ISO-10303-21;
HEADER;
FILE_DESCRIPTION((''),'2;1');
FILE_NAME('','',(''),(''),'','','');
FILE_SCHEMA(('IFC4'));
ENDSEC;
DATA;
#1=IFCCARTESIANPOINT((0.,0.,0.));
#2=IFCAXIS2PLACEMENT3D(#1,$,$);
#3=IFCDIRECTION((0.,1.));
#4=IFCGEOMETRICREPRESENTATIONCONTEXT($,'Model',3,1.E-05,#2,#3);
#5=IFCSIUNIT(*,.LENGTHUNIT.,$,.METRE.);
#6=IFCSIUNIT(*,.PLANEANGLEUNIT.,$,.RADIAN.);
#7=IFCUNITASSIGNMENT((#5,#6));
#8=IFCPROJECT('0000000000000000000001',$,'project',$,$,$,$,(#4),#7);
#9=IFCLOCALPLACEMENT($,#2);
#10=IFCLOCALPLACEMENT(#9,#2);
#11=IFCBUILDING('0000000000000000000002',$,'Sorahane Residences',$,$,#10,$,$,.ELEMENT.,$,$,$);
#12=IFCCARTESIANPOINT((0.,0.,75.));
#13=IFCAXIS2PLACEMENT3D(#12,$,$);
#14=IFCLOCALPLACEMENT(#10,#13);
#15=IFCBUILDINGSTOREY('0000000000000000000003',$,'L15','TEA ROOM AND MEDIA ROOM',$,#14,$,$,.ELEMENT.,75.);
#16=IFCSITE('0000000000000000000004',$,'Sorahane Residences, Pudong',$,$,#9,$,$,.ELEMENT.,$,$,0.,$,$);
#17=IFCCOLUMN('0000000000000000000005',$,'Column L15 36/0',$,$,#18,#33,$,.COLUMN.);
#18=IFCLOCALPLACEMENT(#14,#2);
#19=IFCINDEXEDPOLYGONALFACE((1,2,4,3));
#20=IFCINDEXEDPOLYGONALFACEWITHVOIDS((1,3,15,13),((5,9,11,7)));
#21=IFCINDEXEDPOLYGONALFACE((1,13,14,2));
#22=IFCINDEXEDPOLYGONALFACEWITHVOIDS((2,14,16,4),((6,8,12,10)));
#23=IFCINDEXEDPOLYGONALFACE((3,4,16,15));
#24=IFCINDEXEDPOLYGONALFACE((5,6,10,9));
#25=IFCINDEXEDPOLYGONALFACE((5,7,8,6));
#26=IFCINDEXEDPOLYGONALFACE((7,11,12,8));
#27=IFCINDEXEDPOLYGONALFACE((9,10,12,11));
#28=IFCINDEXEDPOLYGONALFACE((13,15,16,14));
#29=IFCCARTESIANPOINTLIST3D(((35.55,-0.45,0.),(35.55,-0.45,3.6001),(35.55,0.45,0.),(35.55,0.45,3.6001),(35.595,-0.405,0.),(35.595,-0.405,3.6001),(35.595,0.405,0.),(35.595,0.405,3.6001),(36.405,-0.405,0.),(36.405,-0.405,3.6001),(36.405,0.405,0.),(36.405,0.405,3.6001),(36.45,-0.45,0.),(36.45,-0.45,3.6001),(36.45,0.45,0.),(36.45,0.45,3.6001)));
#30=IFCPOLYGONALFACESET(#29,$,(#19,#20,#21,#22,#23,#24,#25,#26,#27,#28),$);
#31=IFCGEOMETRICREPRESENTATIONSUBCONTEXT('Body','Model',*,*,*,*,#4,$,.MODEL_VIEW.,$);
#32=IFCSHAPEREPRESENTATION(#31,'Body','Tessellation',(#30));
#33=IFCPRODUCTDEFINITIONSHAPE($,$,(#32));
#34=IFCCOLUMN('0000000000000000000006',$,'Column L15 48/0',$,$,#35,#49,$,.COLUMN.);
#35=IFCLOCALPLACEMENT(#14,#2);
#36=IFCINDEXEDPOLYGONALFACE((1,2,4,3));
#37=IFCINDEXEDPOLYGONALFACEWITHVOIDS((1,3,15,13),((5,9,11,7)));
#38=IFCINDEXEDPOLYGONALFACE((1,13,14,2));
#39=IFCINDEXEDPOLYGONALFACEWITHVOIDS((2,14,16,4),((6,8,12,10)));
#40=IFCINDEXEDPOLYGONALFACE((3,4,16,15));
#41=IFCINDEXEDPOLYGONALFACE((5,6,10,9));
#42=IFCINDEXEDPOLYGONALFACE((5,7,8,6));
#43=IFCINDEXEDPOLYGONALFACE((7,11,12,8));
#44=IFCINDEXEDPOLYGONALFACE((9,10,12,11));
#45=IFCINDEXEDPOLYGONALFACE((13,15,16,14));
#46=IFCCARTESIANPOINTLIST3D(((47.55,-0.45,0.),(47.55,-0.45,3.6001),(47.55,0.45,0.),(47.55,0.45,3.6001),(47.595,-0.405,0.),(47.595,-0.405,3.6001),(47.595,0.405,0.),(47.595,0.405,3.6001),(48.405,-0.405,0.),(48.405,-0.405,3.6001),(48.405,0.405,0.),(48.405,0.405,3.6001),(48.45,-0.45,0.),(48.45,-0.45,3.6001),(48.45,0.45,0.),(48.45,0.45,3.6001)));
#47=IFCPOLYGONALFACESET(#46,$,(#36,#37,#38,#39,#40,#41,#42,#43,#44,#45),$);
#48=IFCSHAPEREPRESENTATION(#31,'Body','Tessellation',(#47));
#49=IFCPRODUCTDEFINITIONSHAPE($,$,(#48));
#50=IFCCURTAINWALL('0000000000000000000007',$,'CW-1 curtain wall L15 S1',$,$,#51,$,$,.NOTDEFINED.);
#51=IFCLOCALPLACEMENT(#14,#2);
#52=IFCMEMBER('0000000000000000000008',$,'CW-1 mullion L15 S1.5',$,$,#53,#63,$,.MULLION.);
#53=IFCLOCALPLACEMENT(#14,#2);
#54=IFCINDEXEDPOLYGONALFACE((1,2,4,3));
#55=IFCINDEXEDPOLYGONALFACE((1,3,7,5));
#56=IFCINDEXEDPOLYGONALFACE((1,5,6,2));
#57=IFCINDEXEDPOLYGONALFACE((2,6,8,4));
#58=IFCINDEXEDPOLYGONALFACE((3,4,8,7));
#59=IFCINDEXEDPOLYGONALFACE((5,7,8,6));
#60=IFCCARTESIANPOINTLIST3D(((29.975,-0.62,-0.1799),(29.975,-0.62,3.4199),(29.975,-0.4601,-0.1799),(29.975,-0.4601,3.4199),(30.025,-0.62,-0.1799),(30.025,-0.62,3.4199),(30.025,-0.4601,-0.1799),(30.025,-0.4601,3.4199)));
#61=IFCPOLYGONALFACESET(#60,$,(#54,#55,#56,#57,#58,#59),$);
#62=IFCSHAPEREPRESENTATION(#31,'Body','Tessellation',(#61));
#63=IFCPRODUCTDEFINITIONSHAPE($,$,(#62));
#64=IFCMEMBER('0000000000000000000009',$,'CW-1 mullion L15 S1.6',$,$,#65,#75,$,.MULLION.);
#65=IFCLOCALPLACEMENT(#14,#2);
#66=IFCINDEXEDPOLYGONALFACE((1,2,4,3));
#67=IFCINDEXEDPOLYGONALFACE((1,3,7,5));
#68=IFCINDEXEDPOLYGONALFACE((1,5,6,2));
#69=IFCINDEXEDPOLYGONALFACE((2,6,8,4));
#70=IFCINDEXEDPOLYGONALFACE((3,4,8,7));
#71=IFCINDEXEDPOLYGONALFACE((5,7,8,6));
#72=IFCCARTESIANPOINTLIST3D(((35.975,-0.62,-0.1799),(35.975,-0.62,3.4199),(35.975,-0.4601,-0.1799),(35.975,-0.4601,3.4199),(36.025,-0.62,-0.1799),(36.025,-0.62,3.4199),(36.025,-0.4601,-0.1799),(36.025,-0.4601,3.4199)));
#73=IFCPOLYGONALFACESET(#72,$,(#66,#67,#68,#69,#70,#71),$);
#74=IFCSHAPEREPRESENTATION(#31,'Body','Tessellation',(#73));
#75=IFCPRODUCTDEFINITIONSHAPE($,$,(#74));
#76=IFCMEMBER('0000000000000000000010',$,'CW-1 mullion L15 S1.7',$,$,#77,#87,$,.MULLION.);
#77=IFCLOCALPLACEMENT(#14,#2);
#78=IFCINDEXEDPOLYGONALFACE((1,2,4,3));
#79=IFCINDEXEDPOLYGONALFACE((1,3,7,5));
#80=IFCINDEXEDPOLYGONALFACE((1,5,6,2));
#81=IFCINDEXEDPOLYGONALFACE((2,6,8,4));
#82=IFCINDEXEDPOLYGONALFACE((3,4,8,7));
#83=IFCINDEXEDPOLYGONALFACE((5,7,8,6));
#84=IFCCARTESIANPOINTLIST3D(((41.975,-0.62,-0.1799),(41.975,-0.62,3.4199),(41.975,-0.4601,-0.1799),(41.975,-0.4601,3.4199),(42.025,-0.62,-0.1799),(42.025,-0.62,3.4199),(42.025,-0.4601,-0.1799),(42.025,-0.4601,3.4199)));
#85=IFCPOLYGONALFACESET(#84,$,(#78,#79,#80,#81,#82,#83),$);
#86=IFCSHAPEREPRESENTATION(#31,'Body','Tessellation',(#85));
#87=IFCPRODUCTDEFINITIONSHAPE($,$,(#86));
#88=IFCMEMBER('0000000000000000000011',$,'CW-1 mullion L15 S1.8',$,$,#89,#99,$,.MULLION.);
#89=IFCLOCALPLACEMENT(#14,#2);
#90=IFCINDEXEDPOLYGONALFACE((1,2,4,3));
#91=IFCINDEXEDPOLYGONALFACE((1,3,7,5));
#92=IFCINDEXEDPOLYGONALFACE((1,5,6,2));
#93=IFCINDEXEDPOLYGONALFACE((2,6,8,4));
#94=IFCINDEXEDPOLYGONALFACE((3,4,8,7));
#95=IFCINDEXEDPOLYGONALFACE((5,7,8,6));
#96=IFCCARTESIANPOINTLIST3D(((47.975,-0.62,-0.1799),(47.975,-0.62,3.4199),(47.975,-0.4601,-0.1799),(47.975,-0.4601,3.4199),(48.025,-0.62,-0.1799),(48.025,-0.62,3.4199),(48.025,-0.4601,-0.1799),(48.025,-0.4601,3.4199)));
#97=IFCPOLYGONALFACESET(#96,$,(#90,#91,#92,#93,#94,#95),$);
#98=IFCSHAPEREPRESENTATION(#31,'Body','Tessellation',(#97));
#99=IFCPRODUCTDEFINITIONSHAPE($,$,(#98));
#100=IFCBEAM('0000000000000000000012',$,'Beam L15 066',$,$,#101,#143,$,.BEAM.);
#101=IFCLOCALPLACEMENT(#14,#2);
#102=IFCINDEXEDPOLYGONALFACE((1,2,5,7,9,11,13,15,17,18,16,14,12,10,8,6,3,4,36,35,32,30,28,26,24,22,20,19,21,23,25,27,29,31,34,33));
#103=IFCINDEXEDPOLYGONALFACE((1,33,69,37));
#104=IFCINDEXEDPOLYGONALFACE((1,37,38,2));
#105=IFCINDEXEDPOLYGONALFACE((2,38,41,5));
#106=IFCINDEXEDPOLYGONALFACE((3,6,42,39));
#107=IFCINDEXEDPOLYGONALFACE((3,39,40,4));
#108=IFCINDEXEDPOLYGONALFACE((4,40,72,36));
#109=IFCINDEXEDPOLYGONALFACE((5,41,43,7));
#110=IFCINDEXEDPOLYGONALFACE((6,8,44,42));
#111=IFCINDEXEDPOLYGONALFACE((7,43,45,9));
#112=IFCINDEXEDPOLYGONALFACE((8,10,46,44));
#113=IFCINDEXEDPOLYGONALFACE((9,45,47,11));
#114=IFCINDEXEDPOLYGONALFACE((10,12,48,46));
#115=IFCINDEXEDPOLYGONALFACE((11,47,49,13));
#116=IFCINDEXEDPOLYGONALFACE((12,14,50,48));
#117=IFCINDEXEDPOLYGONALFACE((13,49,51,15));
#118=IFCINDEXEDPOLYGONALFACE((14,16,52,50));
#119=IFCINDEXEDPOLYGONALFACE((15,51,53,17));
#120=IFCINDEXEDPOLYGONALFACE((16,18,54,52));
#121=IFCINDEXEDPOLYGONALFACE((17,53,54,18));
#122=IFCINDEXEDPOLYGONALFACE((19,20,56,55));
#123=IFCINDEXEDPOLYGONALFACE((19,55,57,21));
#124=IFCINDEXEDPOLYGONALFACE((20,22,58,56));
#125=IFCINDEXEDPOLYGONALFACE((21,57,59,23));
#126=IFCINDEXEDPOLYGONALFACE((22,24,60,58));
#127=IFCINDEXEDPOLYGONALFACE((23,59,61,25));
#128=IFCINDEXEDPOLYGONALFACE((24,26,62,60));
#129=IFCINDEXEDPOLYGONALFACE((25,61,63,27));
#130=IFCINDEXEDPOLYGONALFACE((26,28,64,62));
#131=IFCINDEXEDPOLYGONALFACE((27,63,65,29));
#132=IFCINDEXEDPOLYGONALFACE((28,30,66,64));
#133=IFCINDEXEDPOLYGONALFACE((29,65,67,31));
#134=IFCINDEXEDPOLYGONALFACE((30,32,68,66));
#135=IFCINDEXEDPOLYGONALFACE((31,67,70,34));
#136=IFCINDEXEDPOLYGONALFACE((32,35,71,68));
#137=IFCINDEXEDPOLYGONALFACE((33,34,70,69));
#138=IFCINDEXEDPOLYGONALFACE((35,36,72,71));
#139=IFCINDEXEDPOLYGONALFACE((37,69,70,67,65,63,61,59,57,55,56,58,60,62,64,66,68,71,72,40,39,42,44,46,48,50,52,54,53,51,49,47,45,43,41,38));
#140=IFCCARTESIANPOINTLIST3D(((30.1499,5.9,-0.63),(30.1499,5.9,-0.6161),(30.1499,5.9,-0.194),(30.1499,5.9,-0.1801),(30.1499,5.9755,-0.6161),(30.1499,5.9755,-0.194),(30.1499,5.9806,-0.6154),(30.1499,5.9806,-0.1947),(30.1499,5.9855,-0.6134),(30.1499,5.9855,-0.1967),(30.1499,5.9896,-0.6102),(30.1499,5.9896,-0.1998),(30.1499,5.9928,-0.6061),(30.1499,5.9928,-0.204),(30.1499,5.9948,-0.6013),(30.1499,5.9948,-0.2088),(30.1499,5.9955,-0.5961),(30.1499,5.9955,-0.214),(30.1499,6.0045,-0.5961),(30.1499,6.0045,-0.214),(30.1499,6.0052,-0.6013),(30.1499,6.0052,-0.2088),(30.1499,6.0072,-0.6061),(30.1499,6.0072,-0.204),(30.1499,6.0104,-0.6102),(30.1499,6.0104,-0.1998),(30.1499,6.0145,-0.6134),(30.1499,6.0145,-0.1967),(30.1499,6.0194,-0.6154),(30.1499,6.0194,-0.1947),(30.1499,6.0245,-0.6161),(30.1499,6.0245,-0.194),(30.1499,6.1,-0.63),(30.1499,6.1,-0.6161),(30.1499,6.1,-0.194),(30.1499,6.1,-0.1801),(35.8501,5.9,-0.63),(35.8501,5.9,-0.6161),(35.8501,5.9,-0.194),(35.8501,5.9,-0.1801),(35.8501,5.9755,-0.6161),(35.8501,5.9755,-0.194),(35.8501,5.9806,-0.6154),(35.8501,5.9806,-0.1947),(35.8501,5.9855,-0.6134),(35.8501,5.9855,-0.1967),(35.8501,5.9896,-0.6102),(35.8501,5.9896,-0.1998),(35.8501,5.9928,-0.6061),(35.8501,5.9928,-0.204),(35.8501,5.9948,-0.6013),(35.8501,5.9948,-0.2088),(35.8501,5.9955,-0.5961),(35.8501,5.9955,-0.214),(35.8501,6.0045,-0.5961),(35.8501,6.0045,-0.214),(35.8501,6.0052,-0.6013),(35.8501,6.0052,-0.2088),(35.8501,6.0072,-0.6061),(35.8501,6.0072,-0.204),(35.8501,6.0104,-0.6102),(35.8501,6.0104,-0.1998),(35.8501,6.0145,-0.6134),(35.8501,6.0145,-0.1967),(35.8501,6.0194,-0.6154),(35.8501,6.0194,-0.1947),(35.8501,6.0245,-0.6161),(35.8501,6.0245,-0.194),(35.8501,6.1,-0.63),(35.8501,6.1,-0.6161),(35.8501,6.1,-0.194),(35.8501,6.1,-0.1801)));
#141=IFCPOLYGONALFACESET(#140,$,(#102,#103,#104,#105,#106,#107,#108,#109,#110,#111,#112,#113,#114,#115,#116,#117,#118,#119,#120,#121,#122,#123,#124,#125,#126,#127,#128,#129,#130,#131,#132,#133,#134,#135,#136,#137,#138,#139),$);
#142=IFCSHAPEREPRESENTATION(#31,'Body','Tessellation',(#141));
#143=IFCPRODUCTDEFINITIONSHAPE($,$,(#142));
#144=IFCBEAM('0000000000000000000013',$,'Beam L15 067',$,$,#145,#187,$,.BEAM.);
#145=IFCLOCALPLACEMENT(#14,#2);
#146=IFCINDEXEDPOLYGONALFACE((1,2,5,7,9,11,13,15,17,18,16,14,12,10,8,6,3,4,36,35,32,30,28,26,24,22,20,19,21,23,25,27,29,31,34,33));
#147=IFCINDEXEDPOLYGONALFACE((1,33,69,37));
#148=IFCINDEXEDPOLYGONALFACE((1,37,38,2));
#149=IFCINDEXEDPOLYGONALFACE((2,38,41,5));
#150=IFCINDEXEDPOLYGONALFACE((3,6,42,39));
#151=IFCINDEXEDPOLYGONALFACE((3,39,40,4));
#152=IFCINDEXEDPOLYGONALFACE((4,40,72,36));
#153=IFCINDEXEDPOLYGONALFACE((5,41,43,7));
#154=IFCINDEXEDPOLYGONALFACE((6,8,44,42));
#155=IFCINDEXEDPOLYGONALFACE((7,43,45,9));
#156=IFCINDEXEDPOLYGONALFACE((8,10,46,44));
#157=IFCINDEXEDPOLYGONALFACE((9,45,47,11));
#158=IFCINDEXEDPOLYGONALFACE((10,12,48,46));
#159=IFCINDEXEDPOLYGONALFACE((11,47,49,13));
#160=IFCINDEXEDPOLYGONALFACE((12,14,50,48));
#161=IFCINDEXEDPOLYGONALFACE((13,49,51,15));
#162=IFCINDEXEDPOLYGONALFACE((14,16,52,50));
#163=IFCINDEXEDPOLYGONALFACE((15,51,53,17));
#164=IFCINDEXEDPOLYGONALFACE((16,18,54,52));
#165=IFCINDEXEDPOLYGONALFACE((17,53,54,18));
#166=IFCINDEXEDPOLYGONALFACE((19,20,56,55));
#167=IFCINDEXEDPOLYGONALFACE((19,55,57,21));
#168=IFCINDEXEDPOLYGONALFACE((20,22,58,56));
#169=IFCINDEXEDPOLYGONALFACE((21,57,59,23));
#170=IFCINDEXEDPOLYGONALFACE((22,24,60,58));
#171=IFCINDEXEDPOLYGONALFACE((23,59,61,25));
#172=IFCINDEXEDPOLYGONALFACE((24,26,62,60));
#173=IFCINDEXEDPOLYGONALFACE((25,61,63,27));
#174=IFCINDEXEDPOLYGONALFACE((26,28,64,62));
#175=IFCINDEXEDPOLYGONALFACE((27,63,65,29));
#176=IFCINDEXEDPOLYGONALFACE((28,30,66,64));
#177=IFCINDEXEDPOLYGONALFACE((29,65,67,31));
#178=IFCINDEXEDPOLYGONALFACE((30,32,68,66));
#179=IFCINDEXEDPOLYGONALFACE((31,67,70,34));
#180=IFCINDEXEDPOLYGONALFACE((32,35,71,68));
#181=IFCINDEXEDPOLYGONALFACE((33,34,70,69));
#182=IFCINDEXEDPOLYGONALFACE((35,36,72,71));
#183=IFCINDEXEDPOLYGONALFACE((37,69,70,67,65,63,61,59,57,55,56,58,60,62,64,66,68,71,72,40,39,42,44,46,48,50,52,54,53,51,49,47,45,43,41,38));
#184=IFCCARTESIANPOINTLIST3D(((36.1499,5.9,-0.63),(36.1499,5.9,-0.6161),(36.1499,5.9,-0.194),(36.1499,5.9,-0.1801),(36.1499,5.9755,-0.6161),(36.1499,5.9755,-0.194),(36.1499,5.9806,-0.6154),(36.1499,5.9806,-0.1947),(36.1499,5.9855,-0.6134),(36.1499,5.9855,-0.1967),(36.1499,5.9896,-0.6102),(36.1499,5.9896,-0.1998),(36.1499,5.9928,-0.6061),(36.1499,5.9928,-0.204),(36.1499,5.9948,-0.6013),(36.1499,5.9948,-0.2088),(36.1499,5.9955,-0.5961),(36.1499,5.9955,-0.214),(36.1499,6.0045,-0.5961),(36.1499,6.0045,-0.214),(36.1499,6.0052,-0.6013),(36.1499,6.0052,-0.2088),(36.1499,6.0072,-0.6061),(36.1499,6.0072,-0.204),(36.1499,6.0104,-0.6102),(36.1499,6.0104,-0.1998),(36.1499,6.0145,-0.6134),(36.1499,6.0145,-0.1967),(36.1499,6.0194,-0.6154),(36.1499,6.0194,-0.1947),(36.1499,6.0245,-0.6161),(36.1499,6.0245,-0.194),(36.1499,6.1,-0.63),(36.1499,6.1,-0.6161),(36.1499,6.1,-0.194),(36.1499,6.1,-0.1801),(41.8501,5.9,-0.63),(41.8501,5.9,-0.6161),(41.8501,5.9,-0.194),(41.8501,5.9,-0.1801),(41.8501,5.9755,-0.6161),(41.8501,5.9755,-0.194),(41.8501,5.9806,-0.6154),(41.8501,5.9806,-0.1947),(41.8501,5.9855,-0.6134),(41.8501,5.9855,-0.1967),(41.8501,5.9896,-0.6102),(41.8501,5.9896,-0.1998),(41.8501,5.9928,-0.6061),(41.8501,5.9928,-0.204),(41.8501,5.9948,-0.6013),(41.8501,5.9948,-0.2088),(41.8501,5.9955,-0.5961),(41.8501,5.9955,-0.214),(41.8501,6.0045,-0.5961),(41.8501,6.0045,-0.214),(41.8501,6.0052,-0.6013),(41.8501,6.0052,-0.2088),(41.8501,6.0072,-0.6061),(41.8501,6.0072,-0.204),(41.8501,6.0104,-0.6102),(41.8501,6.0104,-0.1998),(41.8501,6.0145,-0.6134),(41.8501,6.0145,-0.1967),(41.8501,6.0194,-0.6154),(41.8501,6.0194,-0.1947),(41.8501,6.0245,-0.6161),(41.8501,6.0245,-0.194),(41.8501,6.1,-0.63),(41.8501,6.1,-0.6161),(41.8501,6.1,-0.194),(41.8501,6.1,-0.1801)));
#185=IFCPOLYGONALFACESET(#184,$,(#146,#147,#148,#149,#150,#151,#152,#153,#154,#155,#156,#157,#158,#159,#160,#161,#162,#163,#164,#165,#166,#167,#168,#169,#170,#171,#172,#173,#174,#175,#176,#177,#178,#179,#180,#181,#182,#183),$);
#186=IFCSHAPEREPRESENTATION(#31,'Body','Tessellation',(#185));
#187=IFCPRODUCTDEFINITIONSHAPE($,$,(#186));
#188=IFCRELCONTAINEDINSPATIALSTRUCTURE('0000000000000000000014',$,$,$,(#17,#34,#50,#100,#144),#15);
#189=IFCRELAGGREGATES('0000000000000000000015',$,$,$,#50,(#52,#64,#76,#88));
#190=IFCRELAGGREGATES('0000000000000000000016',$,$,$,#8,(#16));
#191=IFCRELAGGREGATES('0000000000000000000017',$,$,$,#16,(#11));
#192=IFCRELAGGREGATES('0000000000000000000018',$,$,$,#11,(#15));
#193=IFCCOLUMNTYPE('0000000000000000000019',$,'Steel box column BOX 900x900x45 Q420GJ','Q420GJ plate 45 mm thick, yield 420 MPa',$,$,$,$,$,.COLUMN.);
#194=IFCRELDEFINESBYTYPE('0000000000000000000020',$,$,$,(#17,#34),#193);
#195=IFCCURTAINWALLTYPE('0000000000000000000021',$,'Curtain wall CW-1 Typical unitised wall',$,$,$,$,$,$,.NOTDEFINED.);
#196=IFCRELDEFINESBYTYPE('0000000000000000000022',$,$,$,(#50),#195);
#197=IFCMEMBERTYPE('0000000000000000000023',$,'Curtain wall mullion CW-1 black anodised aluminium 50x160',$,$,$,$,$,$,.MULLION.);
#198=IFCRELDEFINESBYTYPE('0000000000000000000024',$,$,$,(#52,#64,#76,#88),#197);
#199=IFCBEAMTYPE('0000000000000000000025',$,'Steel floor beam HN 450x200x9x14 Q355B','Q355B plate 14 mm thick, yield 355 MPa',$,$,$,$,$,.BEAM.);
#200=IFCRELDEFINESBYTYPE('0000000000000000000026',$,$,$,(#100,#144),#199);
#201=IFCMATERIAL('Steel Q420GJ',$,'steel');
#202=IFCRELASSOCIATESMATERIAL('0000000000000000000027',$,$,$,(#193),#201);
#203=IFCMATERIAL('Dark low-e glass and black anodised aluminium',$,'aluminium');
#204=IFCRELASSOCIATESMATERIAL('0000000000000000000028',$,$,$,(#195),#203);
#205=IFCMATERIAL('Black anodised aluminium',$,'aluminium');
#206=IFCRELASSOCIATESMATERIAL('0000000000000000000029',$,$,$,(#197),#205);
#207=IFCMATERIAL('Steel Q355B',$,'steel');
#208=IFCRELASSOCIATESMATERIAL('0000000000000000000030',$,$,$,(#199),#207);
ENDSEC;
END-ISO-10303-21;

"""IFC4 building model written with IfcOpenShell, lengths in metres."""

from ifc_helpers import new_model, si_unit, direction, frame, origin, origin_2d, place, context, subcontext, project, spatial, rectangle, hollow_rectangle, i_section, extrude, material, material_profile, profile_set, type_object, element, aggregate, save


model = new_model("IFC4")

# Units and contexts
model_context = context("Model", 3, precision=1e-05, world=origin(), true_north=direction((0.0, 1.0)))
body_context = subcontext(model_context, "Body", "Model", "MODEL_VIEW")
ifc_project = project(units=[si_unit("LENGTHUNIT", "METRE"), si_unit("PLANEANGLEUNIT", "RADIAN")], contexts=[model_context])

# Site, building, storey
site_placement = place(None, origin())
site = spatial("IfcSite", under=ifc_project, at=site_placement, Name="Sorahane Residences, Pudong", CompositionType="ELEMENT", RefElevation=0.0)
building_placement = place(site_placement, origin())
building = spatial("IfcBuilding", under=site, at=building_placement, Name="Sorahane Residences", CompositionType="ELEMENT")
storey_placement = place(building_placement, frame((0.0, 0.0, 75.0)))
storey = spatial("IfcBuildingStorey", under=building, at=storey_placement, Name="L15", Description="TEA ROOM AND MEDIA ROOM", CompositionType="ELEMENT", Elevation=75.0)

# Columns
ifc_material_1 = material(Name="Steel Q420GJ", Category="steel")
ifc_material_profile_1 = material_profile(ifc_material_1, hollow_rectangle(XDim=0.8999, YDim=0.8999, WallThickness=0.0449, at=origin_2d()), Name="BOX 900x900x45")
ifc_profile_set_1 = profile_set([ifc_material_profile_1], Name="Steel Q420GJ")
column_type = type_object("IfcColumnType", Name="Steel box column BOX 900x900x45 Q420GJ", Description="Q420GJ plate 45 mm thick, yield 420 MPa", PredefinedType="COLUMN", material=ifc_profile_set_1)
for number, where, z_axis, x_axis, name in (
    (1, (36.0, 0.0, 0.0), (0.0, 0.0, 1.0), (1.0, 0.0, 0.0), "Column L15 36/0"),
    (2, (48.0, 0.0, 0.0), (0.0, 0.0, 1.0), (1.0, 0.0, 0.0), "Column L15 48/0"),
):
    element("IfcColumn", number, at=place(storey_placement, frame(where, z_axis=z_axis, x_axis=x_axis)), inside=storey, type_object=column_type, Name=name, PredefinedType="COLUMN", context=body_context, shape_type="SweptSolid", body=[
        extrude(hollow_rectangle(XDim=0.8999, YDim=0.8999, WallThickness=0.0449, at=origin_2d()), origin(), (0.0, 0.0, 1.0), 3.6001),
    ])

# Curtain wall, members
ifc_material_2 = material(Name="Dark low-e glass and black anodised aluminium", Category="aluminium")
curtain_wall_type = type_object("IfcCurtainWallType", Name="Curtain wall CW-1 Typical unitised wall", PredefinedType="NOTDEFINED", material=ifc_material_2)
curtain_wall_placement = place(storey_placement, origin())
curtain_wall = element("IfcCurtainWall", 3, at=curtain_wall_placement, inside=storey, type_object=curtain_wall_type, Name="CW-1 curtain wall L15 S1", PredefinedType="NOTDEFINED")
ifc_material_3 = material(Name="Black anodised aluminium", Category="aluminium")
ifc_material_profile_2 = material_profile(ifc_material_3, rectangle(XDim=0.1599, YDim=0.05, at=origin_2d()), Name="Curtain wall mullion CW-1 black anodised aluminium 50x160")
ifc_profile_set_2 = profile_set([ifc_material_profile_2], Name="Black anodised aluminium")
member_type = type_object("IfcMemberType", Name="Curtain wall mullion CW-1 black anodised aluminium 50x160", PredefinedType="MULLION", material=ifc_profile_set_2)
member_1_placement = place(storey_placement, frame((30.0, -0.54, -0.1799), z_axis=(0.0, 0.0, 1.0), x_axis=(0.0, -1.0, 0.0)))
member_1 = element("IfcMember", 4, at=member_1_placement, type_object=member_type, Name="CW-1 mullion L15 S1.5", PredefinedType="MULLION", context=body_context, shape_type="SweptSolid", body=[
    extrude(rectangle(XDim=0.1599, YDim=0.05, at=origin_2d()), origin(), (0.0, 0.0, 1.0), 3.5999),
])
member_2_placement = place(storey_placement, frame((36.0, -0.54, -0.1799), z_axis=(0.0, 0.0, 1.0), x_axis=(0.0, -1.0, 0.0)))
member_2 = element("IfcMember", 5, at=member_2_placement, type_object=member_type, Name="CW-1 mullion L15 S1.6", PredefinedType="MULLION", context=body_context, shape_type="SweptSolid", body=[
    extrude(rectangle(XDim=0.1599, YDim=0.05, at=origin_2d()), origin(), (0.0, 0.0, 1.0), 3.5999),
])
member_3_placement = place(storey_placement, frame((42.0, -0.54, -0.1799), z_axis=(0.0, 0.0, 1.0), x_axis=(0.0, -1.0, 0.0)))
member_3 = element("IfcMember", 6, at=member_3_placement, type_object=member_type, Name="CW-1 mullion L15 S1.7", PredefinedType="MULLION", context=body_context, shape_type="SweptSolid", body=[
    extrude(rectangle(XDim=0.1599, YDim=0.05, at=origin_2d()), origin(), (0.0, 0.0, 1.0), 3.5999),
])
member_4_placement = place(storey_placement, frame((48.0, -0.54, -0.1799), z_axis=(0.0, 0.0, 1.0), x_axis=(0.0, -1.0, 0.0)))
member_4 = element("IfcMember", 7, at=member_4_placement, type_object=member_type, Name="CW-1 mullion L15 S1.8", PredefinedType="MULLION", context=body_context, shape_type="SweptSolid", body=[
    extrude(rectangle(XDim=0.1599, YDim=0.05, at=origin_2d()), origin(), (0.0, 0.0, 1.0), 3.5999),
])

# Beams
ifc_material_4 = material(Name="Steel Q355B", Category="steel")
ifc_material_profile_3 = material_profile(ifc_material_4, i_section(OverallWidth=0.2, OverallDepth=0.45, WebThickness=0.009, FlangeThickness=0.0139, FilletRadius=0.02, at=origin_2d()), Name="HN 450x200x9x14")
ifc_profile_set_3 = profile_set([ifc_material_profile_3], Name="Steel Q355B")
beam_type_1 = type_object("IfcBeamType", Name="Steel floor beam HN 450x200x9x14 Q355B", Description="Q355B plate 14 mm thick, yield 355 MPa", PredefinedType="BEAM", material=ifc_profile_set_3)
for number, where, z_axis, x_axis, name in (
    (8, (30.1499, 6.0, -0.405), (1.0, 0.0, 0.0), (0.0, 1.0, 0.0), "Beam L15 066"),
    (9, (36.1499, 6.0, -0.405), (1.0, 0.0, 0.0), (0.0, 1.0, 0.0), "Beam L15 067"),
):
    element("IfcBeam", number, at=place(storey_placement, frame(where, z_axis=z_axis, x_axis=x_axis)), inside=storey, type_object=beam_type_1, Name=name, PredefinedType="BEAM", context=body_context, shape_type="SweptSolid", body=[
        extrude(i_section(OverallWidth=0.2, OverallDepth=0.45, WebThickness=0.009, FlangeThickness=0.0139, FilletRadius=0.02, at=origin_2d()), origin(), (0.0, 0.0, 1.0), 5.7002),
    ])

aggregate(curtain_wall, [member_1, member_2, member_3, member_4])

save(model, "model.ifc")
